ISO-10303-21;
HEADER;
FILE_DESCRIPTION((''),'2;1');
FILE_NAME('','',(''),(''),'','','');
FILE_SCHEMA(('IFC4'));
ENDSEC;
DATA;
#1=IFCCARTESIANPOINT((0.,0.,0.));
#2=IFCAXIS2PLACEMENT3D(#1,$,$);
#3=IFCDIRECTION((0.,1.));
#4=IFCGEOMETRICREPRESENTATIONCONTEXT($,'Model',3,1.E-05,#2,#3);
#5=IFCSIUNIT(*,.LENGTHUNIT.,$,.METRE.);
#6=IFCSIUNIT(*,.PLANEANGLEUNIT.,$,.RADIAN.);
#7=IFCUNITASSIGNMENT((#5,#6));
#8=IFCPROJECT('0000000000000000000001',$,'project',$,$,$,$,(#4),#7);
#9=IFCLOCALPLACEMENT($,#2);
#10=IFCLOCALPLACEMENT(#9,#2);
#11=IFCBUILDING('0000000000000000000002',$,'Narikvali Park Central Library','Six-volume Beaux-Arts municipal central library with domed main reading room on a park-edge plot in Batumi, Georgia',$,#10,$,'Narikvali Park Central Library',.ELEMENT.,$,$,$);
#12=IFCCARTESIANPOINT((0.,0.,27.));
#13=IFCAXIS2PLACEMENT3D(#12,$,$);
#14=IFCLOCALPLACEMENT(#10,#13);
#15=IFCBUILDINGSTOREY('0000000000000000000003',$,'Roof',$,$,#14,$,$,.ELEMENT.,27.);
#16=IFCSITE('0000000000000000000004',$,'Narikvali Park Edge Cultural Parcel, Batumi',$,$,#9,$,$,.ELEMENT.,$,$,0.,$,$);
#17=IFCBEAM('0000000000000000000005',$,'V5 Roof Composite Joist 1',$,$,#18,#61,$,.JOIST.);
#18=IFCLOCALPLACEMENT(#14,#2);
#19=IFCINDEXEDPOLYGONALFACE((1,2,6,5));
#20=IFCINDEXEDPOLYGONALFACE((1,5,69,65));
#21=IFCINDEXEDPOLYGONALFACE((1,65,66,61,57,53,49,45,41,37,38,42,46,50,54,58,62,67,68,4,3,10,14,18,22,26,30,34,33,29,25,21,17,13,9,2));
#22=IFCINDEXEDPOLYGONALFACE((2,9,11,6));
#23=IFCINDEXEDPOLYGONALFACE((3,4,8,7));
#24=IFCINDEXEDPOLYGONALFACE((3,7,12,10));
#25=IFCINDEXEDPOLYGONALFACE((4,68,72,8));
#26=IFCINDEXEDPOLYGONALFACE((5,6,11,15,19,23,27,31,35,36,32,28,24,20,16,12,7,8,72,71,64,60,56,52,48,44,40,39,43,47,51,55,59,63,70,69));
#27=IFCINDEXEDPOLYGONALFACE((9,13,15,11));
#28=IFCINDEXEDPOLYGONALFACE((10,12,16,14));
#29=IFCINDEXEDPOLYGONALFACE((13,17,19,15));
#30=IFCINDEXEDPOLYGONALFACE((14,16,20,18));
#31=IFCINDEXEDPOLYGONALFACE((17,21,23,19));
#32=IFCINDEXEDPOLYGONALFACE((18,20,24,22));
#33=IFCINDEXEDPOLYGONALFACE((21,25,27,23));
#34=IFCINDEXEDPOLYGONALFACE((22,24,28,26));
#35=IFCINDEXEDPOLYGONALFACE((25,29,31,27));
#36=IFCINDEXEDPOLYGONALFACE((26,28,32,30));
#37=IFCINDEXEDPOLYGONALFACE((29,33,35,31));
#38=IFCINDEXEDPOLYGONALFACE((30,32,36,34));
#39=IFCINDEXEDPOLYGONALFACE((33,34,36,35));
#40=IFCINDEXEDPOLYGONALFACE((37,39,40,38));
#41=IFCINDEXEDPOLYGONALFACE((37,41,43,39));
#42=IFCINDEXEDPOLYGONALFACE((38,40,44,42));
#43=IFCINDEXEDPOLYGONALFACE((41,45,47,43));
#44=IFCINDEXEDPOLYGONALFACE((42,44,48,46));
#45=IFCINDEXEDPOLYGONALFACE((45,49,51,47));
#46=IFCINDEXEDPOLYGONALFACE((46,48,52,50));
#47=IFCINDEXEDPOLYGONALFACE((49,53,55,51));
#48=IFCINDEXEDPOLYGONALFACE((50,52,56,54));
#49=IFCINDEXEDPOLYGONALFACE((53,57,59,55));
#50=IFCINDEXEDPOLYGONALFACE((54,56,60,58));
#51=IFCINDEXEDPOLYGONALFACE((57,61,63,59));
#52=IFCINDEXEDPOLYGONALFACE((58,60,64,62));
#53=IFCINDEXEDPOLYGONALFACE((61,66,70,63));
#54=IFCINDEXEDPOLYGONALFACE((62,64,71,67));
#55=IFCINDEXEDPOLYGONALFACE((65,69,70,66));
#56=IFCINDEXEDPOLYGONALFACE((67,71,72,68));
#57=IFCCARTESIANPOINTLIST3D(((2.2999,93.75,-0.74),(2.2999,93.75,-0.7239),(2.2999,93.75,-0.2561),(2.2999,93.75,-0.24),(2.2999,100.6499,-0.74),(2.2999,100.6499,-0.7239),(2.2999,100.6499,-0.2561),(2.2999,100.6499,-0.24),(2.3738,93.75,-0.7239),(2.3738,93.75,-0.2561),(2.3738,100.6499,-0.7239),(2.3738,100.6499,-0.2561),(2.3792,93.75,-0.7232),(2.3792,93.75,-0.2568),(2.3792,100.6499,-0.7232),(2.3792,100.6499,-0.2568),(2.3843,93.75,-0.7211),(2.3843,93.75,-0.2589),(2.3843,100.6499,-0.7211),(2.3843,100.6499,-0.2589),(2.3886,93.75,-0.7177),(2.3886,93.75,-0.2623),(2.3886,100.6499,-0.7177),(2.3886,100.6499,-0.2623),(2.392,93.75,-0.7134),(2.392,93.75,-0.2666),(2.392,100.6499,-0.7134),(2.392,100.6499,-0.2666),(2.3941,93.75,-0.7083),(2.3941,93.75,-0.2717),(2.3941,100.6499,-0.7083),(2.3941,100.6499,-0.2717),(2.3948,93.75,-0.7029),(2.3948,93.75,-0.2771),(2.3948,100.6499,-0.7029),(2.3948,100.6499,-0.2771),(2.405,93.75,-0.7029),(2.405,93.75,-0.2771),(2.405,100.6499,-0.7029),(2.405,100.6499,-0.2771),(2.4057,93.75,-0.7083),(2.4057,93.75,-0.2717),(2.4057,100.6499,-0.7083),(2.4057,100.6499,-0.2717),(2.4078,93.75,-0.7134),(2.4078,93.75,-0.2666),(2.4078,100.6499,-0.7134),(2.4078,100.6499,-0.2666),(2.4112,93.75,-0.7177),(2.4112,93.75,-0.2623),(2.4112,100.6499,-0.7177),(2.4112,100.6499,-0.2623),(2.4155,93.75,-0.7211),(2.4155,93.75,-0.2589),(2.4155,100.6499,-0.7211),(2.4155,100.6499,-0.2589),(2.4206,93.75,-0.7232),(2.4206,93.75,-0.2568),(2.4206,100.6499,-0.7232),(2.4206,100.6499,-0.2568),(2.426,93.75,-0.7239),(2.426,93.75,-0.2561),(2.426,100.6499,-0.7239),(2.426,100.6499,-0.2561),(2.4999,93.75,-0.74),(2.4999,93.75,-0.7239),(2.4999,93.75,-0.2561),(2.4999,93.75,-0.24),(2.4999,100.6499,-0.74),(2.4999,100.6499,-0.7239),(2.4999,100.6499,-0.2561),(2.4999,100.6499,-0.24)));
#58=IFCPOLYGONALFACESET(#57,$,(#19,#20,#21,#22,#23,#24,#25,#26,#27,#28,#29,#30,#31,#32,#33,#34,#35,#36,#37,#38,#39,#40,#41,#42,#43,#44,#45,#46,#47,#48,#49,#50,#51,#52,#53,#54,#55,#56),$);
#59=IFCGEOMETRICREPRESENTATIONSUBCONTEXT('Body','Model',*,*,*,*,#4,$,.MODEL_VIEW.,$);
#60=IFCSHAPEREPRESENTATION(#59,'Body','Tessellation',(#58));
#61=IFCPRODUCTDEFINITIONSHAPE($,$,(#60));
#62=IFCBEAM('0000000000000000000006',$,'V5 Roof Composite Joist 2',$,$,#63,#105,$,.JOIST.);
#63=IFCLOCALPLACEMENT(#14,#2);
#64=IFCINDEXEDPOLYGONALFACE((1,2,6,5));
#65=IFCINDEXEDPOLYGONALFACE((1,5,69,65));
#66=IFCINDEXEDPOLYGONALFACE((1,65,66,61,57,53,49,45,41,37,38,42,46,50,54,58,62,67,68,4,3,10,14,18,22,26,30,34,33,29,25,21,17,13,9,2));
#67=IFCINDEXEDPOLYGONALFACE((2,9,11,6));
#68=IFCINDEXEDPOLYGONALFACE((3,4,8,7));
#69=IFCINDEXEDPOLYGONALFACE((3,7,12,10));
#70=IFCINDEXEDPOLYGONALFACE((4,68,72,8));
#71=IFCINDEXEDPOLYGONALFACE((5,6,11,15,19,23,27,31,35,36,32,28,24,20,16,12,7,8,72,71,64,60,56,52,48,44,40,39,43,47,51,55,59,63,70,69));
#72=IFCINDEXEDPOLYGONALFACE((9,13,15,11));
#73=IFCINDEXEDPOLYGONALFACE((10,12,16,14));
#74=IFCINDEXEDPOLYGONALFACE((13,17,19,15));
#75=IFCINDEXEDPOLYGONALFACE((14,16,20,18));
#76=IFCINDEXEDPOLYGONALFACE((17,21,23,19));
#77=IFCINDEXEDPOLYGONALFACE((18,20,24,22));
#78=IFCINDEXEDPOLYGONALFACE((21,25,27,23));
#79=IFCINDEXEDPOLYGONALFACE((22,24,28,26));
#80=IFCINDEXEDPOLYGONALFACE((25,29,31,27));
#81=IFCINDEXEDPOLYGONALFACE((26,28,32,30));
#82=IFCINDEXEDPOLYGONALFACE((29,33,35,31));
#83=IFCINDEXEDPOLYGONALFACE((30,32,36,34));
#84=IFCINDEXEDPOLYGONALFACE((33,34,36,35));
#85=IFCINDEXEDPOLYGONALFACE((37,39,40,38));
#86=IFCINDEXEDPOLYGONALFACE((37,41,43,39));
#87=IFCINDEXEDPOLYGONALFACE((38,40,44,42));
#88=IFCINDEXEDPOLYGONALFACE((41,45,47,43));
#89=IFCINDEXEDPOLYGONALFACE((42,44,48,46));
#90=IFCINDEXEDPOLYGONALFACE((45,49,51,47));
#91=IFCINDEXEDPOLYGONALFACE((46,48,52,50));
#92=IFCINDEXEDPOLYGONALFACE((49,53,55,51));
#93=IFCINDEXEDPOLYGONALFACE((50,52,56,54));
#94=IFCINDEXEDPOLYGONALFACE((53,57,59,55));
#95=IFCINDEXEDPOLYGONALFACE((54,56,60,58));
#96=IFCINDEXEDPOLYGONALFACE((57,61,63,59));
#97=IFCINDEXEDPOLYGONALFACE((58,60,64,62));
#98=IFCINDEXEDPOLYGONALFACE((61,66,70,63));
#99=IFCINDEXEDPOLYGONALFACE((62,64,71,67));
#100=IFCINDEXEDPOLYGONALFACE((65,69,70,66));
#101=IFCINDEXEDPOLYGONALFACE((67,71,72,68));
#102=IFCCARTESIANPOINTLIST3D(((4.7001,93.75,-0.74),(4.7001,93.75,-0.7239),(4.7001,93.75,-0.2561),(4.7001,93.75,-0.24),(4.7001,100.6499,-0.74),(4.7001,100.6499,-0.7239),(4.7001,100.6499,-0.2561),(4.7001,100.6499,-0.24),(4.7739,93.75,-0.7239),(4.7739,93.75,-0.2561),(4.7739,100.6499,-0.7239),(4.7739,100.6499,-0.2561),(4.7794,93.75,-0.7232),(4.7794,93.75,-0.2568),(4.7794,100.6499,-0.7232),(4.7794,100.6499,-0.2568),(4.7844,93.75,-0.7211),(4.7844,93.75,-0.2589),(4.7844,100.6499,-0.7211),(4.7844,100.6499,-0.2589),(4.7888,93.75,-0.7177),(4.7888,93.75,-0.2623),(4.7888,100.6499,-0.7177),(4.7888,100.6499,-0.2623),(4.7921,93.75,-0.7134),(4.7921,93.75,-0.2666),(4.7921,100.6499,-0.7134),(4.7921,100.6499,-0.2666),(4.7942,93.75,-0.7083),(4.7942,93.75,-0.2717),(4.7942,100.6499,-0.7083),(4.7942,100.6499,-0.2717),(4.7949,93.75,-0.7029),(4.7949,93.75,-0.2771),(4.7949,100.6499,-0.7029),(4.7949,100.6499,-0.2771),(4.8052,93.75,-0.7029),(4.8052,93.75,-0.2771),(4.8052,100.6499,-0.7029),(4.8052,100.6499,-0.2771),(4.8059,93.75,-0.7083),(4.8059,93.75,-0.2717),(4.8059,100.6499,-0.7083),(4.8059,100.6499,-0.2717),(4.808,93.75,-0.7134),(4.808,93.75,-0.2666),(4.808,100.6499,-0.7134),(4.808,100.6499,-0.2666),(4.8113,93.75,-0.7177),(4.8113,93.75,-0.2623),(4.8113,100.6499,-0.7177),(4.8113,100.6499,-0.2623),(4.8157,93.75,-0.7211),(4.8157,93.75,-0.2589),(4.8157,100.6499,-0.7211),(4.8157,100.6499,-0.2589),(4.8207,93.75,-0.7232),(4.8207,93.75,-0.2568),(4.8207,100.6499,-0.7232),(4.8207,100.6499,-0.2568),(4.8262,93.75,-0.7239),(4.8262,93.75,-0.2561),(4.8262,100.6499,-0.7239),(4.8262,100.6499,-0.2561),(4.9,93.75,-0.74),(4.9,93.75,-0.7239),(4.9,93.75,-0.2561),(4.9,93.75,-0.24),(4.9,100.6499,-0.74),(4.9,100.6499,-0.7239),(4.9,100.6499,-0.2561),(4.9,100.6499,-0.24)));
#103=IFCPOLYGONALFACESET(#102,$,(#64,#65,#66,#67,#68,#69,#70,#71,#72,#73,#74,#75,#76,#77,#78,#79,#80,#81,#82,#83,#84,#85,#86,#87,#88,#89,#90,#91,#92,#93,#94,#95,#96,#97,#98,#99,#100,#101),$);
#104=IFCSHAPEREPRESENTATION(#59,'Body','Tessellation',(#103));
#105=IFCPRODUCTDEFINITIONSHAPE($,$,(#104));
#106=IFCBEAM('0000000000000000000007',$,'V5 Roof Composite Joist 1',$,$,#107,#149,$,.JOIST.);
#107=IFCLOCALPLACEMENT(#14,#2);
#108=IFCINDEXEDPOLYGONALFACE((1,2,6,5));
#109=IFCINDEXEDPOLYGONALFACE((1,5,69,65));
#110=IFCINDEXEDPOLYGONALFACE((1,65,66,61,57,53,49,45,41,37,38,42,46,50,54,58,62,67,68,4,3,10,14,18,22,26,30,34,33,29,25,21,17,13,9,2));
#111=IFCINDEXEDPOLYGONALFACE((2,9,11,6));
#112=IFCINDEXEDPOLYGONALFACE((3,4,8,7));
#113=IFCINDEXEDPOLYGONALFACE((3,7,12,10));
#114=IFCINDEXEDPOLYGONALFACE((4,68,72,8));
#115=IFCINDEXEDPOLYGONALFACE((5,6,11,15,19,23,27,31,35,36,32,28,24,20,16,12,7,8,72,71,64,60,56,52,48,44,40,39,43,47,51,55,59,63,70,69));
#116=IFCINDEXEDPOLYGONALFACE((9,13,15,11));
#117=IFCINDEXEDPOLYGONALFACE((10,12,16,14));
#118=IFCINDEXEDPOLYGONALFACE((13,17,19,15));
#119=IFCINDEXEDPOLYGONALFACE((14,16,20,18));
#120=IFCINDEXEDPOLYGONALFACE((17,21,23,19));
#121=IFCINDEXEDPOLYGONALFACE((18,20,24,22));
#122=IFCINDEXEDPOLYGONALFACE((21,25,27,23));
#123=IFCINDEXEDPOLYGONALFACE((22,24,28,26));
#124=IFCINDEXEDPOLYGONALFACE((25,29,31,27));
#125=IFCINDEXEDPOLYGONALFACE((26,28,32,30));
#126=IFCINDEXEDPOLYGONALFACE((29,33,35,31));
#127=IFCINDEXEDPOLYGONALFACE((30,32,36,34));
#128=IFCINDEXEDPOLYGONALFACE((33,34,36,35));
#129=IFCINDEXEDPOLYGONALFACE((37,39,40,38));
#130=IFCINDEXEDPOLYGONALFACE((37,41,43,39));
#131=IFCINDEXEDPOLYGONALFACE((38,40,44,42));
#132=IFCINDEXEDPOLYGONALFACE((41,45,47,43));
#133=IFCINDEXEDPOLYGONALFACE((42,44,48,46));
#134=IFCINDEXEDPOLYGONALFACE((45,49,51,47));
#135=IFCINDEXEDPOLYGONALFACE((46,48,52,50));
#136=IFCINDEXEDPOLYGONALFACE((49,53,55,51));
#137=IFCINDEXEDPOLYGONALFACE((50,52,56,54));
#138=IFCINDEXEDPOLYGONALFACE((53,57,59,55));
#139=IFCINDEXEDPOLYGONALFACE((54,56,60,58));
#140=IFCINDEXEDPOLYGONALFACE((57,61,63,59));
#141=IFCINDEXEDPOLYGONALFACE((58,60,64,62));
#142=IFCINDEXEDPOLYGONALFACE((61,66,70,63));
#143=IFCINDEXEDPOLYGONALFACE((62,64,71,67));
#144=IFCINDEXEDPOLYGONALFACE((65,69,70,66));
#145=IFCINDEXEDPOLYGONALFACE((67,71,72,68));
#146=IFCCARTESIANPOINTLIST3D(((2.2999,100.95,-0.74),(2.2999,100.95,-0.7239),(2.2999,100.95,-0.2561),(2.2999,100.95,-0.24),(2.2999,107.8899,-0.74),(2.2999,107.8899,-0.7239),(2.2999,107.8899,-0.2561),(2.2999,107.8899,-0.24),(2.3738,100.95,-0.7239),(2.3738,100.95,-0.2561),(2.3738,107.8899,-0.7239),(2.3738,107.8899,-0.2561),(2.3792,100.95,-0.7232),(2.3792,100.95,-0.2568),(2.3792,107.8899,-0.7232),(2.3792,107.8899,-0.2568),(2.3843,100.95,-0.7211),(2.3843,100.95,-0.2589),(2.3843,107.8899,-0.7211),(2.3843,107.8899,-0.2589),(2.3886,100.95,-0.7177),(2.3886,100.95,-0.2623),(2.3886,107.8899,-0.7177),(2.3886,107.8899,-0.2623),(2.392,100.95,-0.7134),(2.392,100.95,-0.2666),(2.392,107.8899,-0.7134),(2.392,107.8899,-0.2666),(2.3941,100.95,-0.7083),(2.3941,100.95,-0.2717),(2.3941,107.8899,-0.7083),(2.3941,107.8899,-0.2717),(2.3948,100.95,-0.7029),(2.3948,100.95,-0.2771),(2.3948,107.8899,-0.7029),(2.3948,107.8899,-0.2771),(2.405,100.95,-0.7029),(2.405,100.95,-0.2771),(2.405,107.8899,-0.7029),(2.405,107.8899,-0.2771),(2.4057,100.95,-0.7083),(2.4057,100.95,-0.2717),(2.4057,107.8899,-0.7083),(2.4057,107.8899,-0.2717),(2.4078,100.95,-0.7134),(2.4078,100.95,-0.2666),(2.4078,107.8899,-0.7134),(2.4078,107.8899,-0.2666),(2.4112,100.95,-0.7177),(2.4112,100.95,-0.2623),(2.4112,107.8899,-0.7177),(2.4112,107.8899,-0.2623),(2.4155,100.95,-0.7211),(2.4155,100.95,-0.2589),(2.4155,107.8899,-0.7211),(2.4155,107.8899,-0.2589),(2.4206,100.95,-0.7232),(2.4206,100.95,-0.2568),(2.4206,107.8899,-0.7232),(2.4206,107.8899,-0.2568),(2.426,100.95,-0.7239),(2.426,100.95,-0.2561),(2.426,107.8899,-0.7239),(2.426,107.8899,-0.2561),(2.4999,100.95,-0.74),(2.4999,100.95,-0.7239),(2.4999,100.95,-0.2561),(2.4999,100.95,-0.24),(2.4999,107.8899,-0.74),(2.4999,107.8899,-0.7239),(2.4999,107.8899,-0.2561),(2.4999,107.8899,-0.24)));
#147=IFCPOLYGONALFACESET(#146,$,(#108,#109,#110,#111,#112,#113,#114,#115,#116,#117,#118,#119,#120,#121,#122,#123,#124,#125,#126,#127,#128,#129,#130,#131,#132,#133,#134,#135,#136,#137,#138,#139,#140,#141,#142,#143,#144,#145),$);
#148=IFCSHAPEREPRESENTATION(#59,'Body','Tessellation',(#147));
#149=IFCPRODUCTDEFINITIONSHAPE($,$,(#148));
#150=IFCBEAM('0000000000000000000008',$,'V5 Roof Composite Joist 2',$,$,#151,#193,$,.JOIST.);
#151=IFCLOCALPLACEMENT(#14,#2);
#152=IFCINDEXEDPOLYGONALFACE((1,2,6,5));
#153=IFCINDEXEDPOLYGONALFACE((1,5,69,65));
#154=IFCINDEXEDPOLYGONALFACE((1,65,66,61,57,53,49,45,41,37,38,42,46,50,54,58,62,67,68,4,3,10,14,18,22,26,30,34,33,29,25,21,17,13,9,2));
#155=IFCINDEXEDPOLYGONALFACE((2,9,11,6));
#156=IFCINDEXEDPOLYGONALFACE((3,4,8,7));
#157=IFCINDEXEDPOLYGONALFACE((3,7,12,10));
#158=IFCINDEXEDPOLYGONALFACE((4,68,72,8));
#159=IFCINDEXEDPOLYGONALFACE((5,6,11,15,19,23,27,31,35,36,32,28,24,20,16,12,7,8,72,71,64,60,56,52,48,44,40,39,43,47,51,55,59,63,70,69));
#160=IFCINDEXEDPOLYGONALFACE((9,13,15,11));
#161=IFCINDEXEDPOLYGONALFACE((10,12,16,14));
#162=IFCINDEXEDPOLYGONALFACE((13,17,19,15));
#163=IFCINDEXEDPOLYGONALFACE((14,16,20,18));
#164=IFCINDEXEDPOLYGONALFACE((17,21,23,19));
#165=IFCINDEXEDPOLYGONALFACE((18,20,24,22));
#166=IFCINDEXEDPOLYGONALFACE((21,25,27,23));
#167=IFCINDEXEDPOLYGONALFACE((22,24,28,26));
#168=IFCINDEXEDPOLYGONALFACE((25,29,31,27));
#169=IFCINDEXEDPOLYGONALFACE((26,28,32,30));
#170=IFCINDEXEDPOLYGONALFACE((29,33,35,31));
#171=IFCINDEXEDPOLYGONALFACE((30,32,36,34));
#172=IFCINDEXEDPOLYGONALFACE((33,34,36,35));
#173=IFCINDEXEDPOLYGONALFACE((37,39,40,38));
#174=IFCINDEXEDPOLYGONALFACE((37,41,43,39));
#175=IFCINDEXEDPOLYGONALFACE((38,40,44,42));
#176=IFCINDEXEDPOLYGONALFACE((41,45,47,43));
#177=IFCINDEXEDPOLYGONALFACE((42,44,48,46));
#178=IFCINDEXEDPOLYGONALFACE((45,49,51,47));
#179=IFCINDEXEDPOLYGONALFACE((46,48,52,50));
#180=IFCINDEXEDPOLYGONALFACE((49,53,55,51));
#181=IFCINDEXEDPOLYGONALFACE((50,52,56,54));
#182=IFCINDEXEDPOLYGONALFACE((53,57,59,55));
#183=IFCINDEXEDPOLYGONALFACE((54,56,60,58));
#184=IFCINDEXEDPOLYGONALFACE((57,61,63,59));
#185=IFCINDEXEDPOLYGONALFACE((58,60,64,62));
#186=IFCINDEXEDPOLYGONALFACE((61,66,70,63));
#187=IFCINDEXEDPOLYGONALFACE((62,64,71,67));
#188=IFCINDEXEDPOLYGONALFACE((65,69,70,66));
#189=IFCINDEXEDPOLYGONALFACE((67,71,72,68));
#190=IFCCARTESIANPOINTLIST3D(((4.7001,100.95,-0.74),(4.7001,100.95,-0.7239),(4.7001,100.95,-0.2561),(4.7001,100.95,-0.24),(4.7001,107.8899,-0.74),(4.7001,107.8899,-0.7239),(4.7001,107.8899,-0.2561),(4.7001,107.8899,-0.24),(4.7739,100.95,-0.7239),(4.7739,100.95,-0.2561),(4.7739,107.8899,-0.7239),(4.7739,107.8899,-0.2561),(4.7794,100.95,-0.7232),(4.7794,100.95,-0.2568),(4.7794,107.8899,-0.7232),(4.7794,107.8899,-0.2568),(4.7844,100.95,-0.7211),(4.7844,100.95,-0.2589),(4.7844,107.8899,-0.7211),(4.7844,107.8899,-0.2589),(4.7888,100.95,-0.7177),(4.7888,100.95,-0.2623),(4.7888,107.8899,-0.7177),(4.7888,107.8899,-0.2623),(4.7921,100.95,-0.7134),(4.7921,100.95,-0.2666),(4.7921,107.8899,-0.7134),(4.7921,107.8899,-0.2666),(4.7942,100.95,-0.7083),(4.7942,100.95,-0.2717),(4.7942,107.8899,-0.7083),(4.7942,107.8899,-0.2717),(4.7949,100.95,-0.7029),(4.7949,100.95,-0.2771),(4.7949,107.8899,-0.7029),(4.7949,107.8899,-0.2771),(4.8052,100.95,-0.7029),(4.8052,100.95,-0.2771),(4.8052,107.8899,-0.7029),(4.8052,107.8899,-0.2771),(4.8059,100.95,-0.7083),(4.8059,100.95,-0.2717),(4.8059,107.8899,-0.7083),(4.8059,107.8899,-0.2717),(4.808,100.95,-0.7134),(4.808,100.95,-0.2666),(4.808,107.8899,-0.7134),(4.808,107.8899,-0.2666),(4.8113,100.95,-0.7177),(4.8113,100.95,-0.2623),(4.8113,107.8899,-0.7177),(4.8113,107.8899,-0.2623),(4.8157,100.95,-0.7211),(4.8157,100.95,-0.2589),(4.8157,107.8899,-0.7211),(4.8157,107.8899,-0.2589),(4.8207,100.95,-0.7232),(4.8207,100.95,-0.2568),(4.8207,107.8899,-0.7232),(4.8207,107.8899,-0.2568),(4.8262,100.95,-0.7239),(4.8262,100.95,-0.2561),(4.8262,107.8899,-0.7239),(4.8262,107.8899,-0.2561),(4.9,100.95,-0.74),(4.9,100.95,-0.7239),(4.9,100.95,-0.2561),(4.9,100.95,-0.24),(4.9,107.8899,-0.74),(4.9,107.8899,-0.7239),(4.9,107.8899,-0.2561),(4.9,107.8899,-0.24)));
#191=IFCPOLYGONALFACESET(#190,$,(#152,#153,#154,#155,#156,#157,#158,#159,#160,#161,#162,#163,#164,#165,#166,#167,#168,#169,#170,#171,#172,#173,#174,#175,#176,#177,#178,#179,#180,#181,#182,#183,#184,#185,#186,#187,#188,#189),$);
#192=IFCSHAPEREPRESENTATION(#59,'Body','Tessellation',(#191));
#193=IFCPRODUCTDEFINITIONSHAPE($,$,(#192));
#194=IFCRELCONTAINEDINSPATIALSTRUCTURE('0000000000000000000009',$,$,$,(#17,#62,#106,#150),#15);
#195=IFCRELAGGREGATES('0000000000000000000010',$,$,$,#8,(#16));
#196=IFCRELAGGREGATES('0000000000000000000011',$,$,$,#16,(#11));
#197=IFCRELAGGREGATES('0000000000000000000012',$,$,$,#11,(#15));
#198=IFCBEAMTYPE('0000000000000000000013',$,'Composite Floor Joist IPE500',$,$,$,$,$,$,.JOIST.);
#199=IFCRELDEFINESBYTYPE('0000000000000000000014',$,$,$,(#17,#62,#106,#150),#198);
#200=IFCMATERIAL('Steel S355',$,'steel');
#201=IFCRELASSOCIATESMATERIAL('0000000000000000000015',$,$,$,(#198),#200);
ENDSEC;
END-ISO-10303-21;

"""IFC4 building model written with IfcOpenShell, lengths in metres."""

from ifc_helpers import new_model, si_unit, direction, frame, origin, origin_2d, place, context, subcontext, project, spatial, i_section, extrude, material, material_profile, profile_set, type_object, element, save


model = new_model("IFC4")

# Units and contexts
model_context = context("Model", 3, precision=1e-05, world=origin(), true_north=direction((0.0, 1.0)))
body_context = subcontext(model_context, "Body", "Model", "MODEL_VIEW")
ifc_project = project(units=[si_unit("LENGTHUNIT", "METRE"), si_unit("PLANEANGLEUNIT", "RADIAN")], contexts=[model_context])

# Site, building, storey
site_placement = place(None, origin())
site = spatial("IfcSite", under=ifc_project, at=site_placement, Name="Narikvali Park Edge Cultural Parcel, Batumi", CompositionType="ELEMENT", RefElevation=0.0)
building_placement = place(site_placement, origin())
building = spatial("IfcBuilding", under=site, at=building_placement, Name="Narikvali Park Central Library", Description="Six-volume Beaux-Arts municipal central library with domed main reading room on a park-edge plot in Batumi, Georgia", LongName="Narikvali Park Central Library", CompositionType="ELEMENT")
storey_placement = place(building_placement, frame((0.0, 0.0, 27.0)))
storey = spatial("IfcBuildingStorey", under=building, at=storey_placement, Name="Roof", CompositionType="ELEMENT", Elevation=27.0)

# Beams
ifc_material = material(Name="Steel S355", Category="steel")
ifc_material_profile_1 = material_profile(ifc_material, i_section(OverallWidth=0.2, OverallDepth=0.5, WebThickness=0.0103, FlangeThickness=0.0161, FilletRadius=0.021, at=origin_2d()), Name="IPE 500")
ifc_profile_set_1 = profile_set([ifc_material_profile_1], Name="Steel S355")
beam_type_1 = type_object("IfcBeamType", Name="Composite Floor Joist IPE500", PredefinedType="JOIST", material=ifc_profile_set_1)
for number, where, z_axis, x_axis, name in (
    (1, (2.3999, 93.75, -0.49), (0.0, 1.0, 0.0), (-1.0, 0.0, 0.0), "V5 Roof Composite Joist 1"),
    (2, (4.8, 93.75, -0.49), (0.0, 1.0, 0.0), (-1.0, 0.0, 0.0), "V5 Roof Composite Joist 2"),
):
    element("IfcBeam", number, at=place(storey_placement, frame(where, z_axis=z_axis, x_axis=x_axis)), inside=storey, type_object=beam_type_1, Name=name, PredefinedType="JOIST", context=body_context, shape_type="SweptSolid", body=[
        extrude(i_section(OverallWidth=0.2, OverallDepth=0.5, WebThickness=0.0103, FlangeThickness=0.0161, FilletRadius=0.021, at=origin_2d()), origin(), (0.0, 0.0, 1.0), 6.8999),
    ])
for number, where, z_axis, x_axis, name in (
    (3, (2.3999, 100.95, -0.49), (0.0, 1.0, 0.0), (-1.0, 0.0, 0.0), "V5 Roof Composite Joist 1"),
    (4, (4.8, 100.95, -0.49), (0.0, 1.0, 0.0), (-1.0, 0.0, 0.0), "V5 Roof Composite Joist 2"),
):
    element("IfcBeam", number, at=place(storey_placement, frame(where, z_axis=z_axis, x_axis=x_axis)), inside=storey, type_object=beam_type_1, Name=name, PredefinedType="JOIST", context=body_context, shape_type="SweptSolid", body=[
        extrude(i_section(OverallWidth=0.2, OverallDepth=0.5, WebThickness=0.0103, FlangeThickness=0.0161, FilletRadius=0.021, at=origin_2d()), origin(), (0.0, 0.0, 1.0), 6.9399),
    ])

save(model, "model.ifc")
